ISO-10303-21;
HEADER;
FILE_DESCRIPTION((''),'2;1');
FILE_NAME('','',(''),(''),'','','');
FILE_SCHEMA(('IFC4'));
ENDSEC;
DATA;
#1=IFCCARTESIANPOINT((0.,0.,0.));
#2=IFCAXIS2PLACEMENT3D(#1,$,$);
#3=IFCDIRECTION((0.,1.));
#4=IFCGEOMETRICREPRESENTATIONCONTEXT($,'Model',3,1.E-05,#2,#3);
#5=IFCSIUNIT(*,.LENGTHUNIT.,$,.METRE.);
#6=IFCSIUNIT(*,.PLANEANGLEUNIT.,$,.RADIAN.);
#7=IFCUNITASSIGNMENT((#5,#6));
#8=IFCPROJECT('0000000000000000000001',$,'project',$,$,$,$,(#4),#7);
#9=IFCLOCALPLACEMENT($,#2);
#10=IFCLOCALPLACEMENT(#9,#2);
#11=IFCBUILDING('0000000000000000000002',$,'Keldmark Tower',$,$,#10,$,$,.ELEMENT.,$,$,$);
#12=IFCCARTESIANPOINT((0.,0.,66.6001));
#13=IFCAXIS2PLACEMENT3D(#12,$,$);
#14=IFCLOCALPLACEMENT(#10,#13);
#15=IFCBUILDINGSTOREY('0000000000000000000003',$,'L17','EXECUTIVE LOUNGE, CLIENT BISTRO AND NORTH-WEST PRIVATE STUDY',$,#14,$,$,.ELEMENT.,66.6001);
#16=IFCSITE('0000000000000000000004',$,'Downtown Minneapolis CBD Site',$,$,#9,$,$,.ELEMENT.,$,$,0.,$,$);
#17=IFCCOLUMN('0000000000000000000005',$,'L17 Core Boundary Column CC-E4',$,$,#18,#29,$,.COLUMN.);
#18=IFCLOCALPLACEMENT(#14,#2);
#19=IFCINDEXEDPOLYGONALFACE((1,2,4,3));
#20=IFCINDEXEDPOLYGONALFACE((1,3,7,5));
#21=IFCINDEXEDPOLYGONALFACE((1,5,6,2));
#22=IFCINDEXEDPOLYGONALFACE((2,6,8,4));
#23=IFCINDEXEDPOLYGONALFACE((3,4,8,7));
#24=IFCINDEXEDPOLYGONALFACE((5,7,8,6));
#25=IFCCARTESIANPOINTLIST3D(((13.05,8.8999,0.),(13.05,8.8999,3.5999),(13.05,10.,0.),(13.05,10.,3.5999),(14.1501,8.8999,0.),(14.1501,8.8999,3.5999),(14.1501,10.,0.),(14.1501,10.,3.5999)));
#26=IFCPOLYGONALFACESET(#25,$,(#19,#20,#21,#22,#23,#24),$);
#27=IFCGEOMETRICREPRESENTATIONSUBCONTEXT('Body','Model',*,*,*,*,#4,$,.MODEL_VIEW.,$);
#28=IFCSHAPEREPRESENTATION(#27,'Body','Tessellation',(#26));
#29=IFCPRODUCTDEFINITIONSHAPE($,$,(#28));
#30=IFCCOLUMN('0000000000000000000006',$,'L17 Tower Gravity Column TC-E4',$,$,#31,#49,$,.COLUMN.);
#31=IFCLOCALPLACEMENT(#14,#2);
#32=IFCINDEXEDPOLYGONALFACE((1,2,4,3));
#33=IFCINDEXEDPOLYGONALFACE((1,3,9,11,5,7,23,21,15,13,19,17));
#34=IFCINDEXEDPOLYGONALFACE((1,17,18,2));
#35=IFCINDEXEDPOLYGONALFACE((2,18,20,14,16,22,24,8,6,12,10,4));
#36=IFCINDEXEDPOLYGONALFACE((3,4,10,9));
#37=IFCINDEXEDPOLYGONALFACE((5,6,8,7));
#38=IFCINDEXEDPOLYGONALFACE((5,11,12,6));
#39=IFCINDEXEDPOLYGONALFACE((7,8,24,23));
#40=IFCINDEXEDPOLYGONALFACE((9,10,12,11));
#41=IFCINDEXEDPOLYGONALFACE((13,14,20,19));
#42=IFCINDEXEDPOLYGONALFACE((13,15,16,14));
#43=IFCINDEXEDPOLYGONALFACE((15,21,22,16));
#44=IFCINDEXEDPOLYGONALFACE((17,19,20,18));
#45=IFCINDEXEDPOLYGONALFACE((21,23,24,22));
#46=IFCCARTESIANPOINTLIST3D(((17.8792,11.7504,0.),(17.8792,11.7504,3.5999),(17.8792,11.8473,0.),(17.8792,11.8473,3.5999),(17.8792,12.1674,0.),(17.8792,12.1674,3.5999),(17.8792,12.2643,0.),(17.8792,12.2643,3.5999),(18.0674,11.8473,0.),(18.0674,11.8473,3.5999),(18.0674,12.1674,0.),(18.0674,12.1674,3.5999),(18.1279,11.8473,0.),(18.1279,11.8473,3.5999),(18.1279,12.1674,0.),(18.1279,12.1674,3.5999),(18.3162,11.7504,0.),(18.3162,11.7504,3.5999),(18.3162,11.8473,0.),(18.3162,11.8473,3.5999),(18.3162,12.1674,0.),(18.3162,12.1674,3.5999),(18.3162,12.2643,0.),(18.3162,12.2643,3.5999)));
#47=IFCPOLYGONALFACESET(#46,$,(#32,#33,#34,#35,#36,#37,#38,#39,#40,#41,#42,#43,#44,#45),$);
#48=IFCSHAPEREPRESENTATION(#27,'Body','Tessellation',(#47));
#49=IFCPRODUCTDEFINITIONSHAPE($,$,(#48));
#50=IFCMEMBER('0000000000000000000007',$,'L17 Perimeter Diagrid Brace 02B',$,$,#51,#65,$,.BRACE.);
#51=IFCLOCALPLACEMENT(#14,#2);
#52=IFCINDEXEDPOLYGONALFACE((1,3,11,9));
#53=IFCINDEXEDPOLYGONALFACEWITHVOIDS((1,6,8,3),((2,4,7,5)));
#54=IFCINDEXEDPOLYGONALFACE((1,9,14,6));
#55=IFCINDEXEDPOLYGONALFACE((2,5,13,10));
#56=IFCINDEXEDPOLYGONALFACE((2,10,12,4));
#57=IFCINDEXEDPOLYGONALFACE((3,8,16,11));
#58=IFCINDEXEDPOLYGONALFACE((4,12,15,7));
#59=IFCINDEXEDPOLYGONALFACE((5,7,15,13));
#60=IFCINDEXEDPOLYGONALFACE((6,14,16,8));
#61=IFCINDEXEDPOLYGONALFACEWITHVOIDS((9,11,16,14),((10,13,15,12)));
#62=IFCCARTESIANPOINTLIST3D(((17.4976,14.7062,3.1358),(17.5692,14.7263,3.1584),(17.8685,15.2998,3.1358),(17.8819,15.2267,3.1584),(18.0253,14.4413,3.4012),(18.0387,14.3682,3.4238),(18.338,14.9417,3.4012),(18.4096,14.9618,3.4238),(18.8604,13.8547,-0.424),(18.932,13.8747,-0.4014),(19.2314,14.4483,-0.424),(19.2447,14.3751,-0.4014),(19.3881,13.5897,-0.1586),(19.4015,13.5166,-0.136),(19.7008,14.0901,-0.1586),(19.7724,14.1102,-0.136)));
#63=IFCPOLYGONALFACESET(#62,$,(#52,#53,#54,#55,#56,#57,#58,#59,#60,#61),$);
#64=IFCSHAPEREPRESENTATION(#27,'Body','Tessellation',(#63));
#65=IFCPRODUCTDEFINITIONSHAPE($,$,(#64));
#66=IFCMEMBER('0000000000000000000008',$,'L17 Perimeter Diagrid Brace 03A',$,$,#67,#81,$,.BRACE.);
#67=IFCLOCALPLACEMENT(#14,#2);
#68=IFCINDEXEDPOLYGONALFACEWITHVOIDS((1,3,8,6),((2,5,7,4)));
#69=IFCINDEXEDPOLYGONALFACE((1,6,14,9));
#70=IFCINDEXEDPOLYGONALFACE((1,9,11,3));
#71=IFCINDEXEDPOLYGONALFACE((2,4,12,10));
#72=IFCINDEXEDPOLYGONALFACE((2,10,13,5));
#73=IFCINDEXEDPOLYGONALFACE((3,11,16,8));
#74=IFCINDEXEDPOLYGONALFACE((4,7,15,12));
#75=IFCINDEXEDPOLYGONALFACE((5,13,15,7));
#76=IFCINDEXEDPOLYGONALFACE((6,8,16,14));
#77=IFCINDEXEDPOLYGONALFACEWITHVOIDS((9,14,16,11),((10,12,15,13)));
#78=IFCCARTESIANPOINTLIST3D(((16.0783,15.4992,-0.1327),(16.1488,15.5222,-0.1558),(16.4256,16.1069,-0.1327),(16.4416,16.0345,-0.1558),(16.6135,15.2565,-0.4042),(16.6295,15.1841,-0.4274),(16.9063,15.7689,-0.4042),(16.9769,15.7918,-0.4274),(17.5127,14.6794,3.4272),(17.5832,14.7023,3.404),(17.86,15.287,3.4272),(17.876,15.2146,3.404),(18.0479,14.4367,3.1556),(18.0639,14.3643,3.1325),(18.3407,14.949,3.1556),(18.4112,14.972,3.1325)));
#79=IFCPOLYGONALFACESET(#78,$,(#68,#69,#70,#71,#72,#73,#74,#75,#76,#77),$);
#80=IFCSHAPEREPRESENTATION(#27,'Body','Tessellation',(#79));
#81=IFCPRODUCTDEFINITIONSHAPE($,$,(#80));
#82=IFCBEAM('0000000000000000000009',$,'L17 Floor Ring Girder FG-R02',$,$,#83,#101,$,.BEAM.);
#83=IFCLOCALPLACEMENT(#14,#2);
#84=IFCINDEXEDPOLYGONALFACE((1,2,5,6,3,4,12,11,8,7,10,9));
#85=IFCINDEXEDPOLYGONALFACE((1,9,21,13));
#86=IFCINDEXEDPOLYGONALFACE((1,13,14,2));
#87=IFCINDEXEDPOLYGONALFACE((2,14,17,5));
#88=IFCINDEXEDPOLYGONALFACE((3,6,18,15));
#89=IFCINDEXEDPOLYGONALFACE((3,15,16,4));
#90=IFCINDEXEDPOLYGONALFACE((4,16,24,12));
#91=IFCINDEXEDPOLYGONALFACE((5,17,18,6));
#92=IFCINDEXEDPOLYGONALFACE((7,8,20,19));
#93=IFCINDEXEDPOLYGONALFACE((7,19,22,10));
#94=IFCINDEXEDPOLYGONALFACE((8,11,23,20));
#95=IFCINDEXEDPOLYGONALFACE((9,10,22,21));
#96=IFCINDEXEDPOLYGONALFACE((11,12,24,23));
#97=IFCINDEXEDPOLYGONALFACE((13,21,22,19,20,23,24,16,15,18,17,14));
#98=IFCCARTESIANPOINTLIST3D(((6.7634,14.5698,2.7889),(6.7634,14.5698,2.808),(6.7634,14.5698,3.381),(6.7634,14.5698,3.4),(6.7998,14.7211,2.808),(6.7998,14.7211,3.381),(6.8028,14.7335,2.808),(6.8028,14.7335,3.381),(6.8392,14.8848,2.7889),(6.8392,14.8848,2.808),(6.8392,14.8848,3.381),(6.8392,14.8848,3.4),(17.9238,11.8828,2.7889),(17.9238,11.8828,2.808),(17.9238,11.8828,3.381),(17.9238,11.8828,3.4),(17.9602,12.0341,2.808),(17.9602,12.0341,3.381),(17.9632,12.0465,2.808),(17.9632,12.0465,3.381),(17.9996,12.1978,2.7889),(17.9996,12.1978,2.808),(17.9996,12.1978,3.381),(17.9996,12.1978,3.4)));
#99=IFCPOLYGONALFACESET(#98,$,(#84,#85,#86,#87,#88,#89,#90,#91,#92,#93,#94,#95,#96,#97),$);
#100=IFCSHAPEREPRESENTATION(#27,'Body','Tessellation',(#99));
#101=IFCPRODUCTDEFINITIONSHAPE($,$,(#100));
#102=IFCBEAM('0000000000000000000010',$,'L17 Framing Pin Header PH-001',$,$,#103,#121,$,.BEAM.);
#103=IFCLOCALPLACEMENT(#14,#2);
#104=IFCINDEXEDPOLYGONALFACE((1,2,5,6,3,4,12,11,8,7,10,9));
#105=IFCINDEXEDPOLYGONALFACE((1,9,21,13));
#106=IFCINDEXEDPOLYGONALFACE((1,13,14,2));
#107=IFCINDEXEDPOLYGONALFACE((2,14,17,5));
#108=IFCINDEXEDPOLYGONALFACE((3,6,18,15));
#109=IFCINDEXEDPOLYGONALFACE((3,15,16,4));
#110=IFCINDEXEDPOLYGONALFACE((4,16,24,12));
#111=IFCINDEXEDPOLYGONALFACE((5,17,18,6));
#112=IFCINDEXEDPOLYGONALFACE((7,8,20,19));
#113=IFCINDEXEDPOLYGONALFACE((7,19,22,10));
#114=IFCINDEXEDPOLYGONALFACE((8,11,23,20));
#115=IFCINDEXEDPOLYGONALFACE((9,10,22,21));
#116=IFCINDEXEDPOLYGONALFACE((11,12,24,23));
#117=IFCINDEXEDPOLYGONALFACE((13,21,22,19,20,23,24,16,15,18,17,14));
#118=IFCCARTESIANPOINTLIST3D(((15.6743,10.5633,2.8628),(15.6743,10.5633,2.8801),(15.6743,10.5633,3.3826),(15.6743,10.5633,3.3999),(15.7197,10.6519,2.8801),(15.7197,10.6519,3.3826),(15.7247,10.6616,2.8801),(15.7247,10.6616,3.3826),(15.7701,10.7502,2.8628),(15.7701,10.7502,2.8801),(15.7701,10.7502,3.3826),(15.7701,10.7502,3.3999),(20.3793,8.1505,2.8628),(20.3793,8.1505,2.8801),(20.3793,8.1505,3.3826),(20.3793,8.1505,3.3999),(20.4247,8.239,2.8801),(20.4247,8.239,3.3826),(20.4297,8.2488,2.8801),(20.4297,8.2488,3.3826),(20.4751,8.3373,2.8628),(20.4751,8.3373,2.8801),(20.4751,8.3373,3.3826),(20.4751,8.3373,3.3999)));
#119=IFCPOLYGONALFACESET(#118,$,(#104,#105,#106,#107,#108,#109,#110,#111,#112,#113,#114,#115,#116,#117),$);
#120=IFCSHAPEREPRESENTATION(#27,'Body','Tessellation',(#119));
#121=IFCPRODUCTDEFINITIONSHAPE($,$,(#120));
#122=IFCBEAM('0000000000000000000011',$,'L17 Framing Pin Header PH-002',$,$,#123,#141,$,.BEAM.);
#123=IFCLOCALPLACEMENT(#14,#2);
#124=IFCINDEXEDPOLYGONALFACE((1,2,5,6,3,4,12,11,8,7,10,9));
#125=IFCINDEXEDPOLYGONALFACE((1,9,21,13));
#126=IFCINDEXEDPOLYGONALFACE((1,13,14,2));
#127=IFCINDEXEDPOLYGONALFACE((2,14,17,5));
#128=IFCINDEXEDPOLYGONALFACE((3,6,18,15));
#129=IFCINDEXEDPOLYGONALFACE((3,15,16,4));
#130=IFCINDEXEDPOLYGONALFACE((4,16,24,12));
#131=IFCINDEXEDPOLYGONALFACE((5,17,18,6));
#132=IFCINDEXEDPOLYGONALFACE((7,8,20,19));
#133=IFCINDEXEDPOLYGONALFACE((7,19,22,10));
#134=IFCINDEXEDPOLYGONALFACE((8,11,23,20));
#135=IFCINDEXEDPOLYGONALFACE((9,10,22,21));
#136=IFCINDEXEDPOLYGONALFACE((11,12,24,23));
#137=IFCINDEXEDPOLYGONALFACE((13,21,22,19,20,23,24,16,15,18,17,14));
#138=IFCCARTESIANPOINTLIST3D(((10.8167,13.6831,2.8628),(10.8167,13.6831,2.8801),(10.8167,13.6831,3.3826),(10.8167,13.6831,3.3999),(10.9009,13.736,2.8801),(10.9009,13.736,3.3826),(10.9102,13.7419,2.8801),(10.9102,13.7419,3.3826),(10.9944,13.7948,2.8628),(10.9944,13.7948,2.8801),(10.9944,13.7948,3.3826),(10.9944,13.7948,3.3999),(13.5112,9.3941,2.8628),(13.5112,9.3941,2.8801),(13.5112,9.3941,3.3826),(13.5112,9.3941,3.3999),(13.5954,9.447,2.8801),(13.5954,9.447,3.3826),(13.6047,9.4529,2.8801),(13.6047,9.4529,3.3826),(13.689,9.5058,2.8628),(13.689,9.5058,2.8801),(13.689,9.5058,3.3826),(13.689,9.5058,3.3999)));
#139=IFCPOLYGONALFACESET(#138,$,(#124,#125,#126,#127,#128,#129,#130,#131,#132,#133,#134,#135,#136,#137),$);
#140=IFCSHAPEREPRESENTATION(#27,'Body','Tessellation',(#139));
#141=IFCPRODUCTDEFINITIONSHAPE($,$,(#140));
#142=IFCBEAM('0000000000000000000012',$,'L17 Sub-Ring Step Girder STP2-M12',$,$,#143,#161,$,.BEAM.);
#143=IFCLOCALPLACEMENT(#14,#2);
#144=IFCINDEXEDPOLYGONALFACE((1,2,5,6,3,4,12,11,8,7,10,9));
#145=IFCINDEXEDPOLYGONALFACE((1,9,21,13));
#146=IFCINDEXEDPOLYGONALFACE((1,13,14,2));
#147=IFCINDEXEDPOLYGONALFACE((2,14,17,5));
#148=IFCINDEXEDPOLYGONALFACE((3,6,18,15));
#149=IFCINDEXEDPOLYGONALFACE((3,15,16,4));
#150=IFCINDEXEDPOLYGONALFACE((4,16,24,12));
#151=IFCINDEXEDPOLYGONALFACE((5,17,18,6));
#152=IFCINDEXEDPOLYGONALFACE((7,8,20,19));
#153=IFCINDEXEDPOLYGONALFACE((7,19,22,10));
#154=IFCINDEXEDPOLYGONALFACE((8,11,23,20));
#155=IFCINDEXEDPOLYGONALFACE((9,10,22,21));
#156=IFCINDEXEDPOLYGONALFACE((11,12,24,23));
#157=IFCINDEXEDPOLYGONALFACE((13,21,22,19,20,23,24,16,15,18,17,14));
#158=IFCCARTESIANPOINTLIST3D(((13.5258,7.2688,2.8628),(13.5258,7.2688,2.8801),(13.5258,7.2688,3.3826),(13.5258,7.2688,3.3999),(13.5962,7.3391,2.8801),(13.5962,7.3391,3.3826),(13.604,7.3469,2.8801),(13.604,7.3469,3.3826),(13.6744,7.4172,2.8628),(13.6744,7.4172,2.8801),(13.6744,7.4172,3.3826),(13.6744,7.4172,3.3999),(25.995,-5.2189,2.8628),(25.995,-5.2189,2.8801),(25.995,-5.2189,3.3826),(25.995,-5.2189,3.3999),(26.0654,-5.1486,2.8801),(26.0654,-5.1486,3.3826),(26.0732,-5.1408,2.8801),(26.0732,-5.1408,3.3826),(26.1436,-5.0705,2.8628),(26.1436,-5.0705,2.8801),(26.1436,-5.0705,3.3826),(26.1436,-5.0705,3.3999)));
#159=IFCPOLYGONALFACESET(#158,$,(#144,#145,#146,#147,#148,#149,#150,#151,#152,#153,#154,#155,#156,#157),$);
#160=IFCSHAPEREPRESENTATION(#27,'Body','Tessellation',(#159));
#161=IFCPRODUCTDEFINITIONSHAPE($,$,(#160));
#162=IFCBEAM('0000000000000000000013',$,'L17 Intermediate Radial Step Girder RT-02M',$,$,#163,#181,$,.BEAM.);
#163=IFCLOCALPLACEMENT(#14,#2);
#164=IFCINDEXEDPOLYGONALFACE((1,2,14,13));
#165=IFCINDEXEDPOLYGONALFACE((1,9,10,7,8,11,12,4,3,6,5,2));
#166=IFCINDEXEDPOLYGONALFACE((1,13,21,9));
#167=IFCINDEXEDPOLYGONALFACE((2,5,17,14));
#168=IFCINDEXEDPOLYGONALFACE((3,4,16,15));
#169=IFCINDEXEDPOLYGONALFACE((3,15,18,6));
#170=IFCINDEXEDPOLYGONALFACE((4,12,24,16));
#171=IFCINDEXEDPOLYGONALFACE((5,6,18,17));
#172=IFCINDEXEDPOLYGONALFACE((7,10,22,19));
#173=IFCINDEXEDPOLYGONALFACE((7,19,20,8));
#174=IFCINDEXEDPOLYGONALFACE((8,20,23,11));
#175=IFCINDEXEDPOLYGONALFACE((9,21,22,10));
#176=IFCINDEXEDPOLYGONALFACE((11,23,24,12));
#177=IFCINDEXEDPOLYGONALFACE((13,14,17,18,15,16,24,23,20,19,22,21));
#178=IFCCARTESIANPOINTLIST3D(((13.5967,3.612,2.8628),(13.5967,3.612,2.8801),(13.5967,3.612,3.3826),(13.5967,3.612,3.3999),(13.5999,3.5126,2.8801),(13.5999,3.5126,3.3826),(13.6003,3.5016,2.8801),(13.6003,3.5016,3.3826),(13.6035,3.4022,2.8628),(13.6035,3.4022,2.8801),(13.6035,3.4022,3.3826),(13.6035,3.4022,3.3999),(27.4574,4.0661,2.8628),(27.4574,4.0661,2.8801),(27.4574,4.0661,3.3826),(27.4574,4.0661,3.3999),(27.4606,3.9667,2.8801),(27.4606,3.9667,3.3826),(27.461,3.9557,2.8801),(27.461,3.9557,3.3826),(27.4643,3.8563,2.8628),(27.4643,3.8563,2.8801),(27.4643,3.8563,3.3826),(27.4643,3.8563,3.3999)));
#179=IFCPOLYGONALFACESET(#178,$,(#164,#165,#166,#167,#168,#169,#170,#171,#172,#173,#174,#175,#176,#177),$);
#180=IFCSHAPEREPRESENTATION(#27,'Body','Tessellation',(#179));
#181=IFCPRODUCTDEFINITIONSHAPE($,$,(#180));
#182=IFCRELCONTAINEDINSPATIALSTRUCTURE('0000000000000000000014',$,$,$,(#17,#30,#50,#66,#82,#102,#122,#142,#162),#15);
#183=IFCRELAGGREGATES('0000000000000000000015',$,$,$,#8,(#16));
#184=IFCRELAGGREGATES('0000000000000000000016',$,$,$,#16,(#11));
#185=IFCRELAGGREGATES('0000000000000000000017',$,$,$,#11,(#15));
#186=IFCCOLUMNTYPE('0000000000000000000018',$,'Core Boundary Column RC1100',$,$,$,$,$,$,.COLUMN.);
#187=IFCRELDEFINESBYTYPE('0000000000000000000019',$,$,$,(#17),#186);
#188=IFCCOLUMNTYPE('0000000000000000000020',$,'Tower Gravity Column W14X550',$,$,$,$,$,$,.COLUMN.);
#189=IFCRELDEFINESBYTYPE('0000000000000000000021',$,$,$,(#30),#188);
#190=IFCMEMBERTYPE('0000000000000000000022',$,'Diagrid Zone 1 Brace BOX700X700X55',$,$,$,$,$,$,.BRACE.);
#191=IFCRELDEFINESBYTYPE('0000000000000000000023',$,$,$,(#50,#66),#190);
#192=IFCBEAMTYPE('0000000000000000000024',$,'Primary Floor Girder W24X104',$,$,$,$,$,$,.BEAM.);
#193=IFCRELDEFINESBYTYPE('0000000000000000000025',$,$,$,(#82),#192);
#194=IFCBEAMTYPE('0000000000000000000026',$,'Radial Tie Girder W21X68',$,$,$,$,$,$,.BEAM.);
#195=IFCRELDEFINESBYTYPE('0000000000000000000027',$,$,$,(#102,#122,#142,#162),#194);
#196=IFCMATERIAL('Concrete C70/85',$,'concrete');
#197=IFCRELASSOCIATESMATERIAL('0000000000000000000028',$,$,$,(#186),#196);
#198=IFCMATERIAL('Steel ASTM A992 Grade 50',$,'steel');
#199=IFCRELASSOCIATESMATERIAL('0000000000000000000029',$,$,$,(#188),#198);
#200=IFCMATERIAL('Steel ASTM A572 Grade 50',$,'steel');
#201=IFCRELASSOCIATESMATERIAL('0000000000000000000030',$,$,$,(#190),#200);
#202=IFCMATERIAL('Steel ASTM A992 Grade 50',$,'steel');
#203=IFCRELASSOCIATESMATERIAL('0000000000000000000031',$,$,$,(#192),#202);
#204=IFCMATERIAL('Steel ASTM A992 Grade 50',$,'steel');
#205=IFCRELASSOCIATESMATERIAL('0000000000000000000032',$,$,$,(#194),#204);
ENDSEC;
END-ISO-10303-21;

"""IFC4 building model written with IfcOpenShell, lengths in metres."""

from ifc_helpers import new_model, si_unit, direction, frame, origin, origin_2d, place, context, subcontext, project, spatial, rectangle, hollow_rectangle, i_section, extrude, material, material_profile, profile_set, type_object, element, save


model = new_model("IFC4")

# Units and contexts
model_context = context("Model", 3, precision=1e-05, world=origin(), true_north=direction((0.0, 1.0)))
body_context = subcontext(model_context, "Body", "Model", "MODEL_VIEW")
ifc_project = project(units=[si_unit("LENGTHUNIT", "METRE"), si_unit("PLANEANGLEUNIT", "RADIAN")], contexts=[model_context])

# Site, building, storey
site_placement = place(None, origin())
site = spatial("IfcSite", under=ifc_project, at=site_placement, Name="Downtown Minneapolis CBD Site", CompositionType="ELEMENT", RefElevation=0.0)
building_placement = place(site_placement, origin())
building = spatial("IfcBuilding", under=site, at=building_placement, Name="Keldmark Tower", CompositionType="ELEMENT")
storey_placement = place(building_placement, frame((0.0, 0.0, 66.6001)))
storey = spatial("IfcBuildingStorey", under=building, at=storey_placement, Name="L17", Description="EXECUTIVE LOUNGE, CLIENT BISTRO AND NORTH-WEST PRIVATE STUDY", CompositionType="ELEMENT", Elevation=66.6001)

# Columns
ifc_material_1 = material(Name="Concrete C70/85", Category="concrete")
ifc_material_profile_1 = material_profile(ifc_material_1, rectangle(XDim=1.1001, YDim=1.1001, at=origin_2d()), Name="RC1100X1100")
ifc_profile_set_1 = profile_set([ifc_material_profile_1], Name="Concrete C70/85")
column_type_1 = type_object("IfcColumnType", Name="Core Boundary Column RC1100", PredefinedType="COLUMN", material=ifc_profile_set_1)
column_1_placement = place(storey_placement, frame((13.6001, 9.45, 0.0), z_axis=(0.0, 0.0, 1.0), x_axis=(1.0, 0.0, 0.0)))
element("IfcColumn", 1, at=column_1_placement, inside=storey, type_object=column_type_1, Name="L17 Core Boundary Column CC-E4", PredefinedType="COLUMN", context=body_context, shape_type="SweptSolid", body=[
    extrude(rectangle(XDim=1.1001, YDim=1.1001, at=origin_2d()), origin(), (0.0, 0.0, 1.0), 3.5999),
])
ifc_material_2 = material(Name="Steel ASTM A992 Grade 50", Category="steel")
ifc_material_profile_2 = material_profile(ifc_material_2, i_section(OverallWidth=0.437, OverallDepth=0.5139, WebThickness=0.0605, FlangeThickness=0.0969, at=origin_2d()), Name="W14X550")
ifc_profile_set_2 = profile_set([ifc_material_profile_2], Name="Steel ASTM A992 Grade 50")
column_type_2 = type_object("IfcColumnType", Name="Tower Gravity Column W14X550", PredefinedType="COLUMN", material=ifc_profile_set_2)
column_2_placement = place(storey_placement, frame((18.0977, 12.0073, 0.0), z_axis=(0.0, 0.0, 1.0), x_axis=(1.0, 0.0, 0.0)))
element("IfcColumn", 2, at=column_2_placement, inside=storey, type_object=column_type_2, Name="L17 Tower Gravity Column TC-E4", PredefinedType="COLUMN", context=body_context, shape_type="SweptSolid", body=[
    extrude(i_section(OverallWidth=0.437, OverallDepth=0.5139, WebThickness=0.0605, FlangeThickness=0.0969, at=origin_2d()), origin(), (0.0, 0.0, 1.0), 3.5999),
])

# Members
ifc_material_3 = material(Name="Steel ASTM A572 Grade 50", Category="steel")
ifc_material_profile_3 = material_profile(ifc_material_3, hollow_rectangle(XDim=0.7, YDim=0.7, WallThickness=0.0549, at=origin_2d()), Name="BOX700X700X55")
ifc_profile_set_3 = profile_set([ifc_material_profile_3], Name="Steel ASTM A572 Grade 50")
member_type = type_object("IfcMemberType", Name="Diagrid Zone 1 Brace BOX700X700X55", PredefinedType="BRACE", material=ifc_profile_set_3)
member_1_placement = place(storey_placement, frame((19.3164, 13.9824, -0.28), z_axis=(-0.348922, 0.21803, 0.911436), x_axis=(-0.529917, -0.84805, 0.0)))
element("IfcMember", 3, at=member_1_placement, inside=storey, type_object=member_type, Name="L17 Perimeter Diagrid Brace 02B", PredefinedType="BRACE", context=body_context, shape_type="SweptSolid", body=[
    extrude(hollow_rectangle(XDim=0.7, YDim=0.7, WallThickness=0.0549, at=origin_2d()), origin(), (0.0, 0.0, 1.0), 3.9058),
])
member_2_placement = place(storey_placement, frame((16.5276, 15.6455, -0.28), z_axis=(0.36548, -0.208899, 0.907075), x_axis=(0.496234, 0.868189, 0.0)))
element("IfcMember", 4, at=member_2_placement, inside=storey, type_object=member_type, Name="L17 Perimeter Diagrid Brace 03A", PredefinedType="BRACE", context=body_context, shape_type="SweptSolid", body=[
    extrude(hollow_rectangle(XDim=0.7, YDim=0.7, WallThickness=0.0549, at=origin_2d()), origin(), (0.0, 0.0, 1.0), 3.9246),
])

# Beams
ifc_material_4 = material(Name="Steel ASTM A992 Grade 50", Category="steel")
ifc_material_profile_4 = material_profile(ifc_material_4, i_section(OverallWidth=0.324, OverallDepth=0.6111, WebThickness=0.0127, FlangeThickness=0.019, at=origin_2d()), Name="W24X104")
ifc_profile_set_4 = profile_set([ifc_material_profile_4], Name="Steel ASTM A992 Grade 50")
beam_type_1 = type_object("IfcBeamType", Name="Primary Floor Girder W24X104", PredefinedType="BEAM", material=ifc_profile_set_4)
beam_1_placement = place(storey_placement, frame((17.9617, 12.0403, 3.0945), z_axis=(-0.972219, 0.234074, 0.0), x_axis=(-0.234074, -0.972219, 0.0)))
element("IfcBeam", 5, at=beam_1_placement, inside=storey, type_object=beam_type_1, Name="L17 Floor Ring Girder FG-R02", PredefinedType="BEAM", context=body_context, shape_type="SweptSolid", body=[
    extrude(i_section(OverallWidth=0.324, OverallDepth=0.6111, WebThickness=0.0127, FlangeThickness=0.019, at=origin_2d()), origin(), (0.0, 0.0, 1.0), 11.4792),
])
ifc_material_5 = material(Name="Steel ASTM A992 Grade 50", Category="steel")
ifc_material_profile_5 = material_profile(ifc_material_5, i_section(OverallWidth=0.21, OverallDepth=0.5371, WebThickness=0.011, FlangeThickness=0.0173, at=origin_2d()), Name="W21X68")
ifc_profile_set_5 = profile_set([ifc_material_profile_5], Name="Steel ASTM A992 Grade 50")
beam_type_2 = type_object("IfcBeamType", Name="Radial Tie Girder W21X68", PredefinedType="BEAM", material=ifc_profile_set_5)
beam_2_placement = place(storey_placement, frame((15.7222, 10.6567, 3.1313), z_axis=(0.889819, -0.456314, 0.0), x_axis=(0.456314, 0.889819, 0.0)))
element("IfcBeam", 6, at=beam_2_placement, inside=storey, type_object=beam_type_2, Name="L17 Framing Pin Header PH-001", PredefinedType="BEAM", context=body_context, shape_type="SweptSolid", body=[
    extrude(i_section(OverallWidth=0.21, OverallDepth=0.5371, WebThickness=0.011, FlangeThickness=0.0173, at=origin_2d()), origin(), (0.0, 0.0, 1.0), 5.2876),
])
beam_3_placement = place(storey_placement, frame((13.6001, 9.45, 3.1313), z_axis=(-0.531973, 0.846761, 0.0), x_axis=(-0.846761, -0.531973, 0.0)))
element("IfcBeam", 7, at=beam_3_placement, inside=storey, type_object=beam_type_2, Name="L17 Framing Pin Header PH-002", PredefinedType="BEAM", context=body_context, shape_type="SweptSolid", body=[
    extrude(i_section(OverallWidth=0.21, OverallDepth=0.5371, WebThickness=0.011, FlangeThickness=0.0173, at=origin_2d()), origin(), (0.0, 0.0, 1.0), 5.0652),
])
beam_4_placement = place(storey_placement, frame((13.6001, 7.343, 3.1313), z_axis=(0.706581, -0.707632, 0.0), x_axis=(0.707632, 0.706581, 0.0)))
element("IfcBeam", 8, at=beam_4_placement, inside=storey, type_object=beam_type_2, Name="L17 Sub-Ring Step Girder STP2-M12", PredefinedType="BEAM", context=body_context, shape_type="SweptSolid", body=[
    extrude(i_section(OverallWidth=0.21, OverallDepth=0.5371, WebThickness=0.011, FlangeThickness=0.0173, at=origin_2d()), origin(), (0.0, 0.0, 1.0), 17.6472),
])
beam_5_placement = place(storey_placement, frame((13.6001, 3.5071, 3.1313), z_axis=(0.999464, 0.032744, 0.0), x_axis=(-0.032744, 0.999464, 0.0)))
element("IfcBeam", 9, at=beam_5_placement, inside=storey, type_object=beam_type_2, Name="L17 Intermediate Radial Step Girder RT-02M", PredefinedType="BEAM", context=body_context, shape_type="SweptSolid", body=[
    extrude(i_section(OverallWidth=0.21, OverallDepth=0.5371, WebThickness=0.011, FlangeThickness=0.0173, at=origin_2d()), origin(), (0.0, 0.0, 1.0), 13.8682),
])

save(model, "model.ifc")
